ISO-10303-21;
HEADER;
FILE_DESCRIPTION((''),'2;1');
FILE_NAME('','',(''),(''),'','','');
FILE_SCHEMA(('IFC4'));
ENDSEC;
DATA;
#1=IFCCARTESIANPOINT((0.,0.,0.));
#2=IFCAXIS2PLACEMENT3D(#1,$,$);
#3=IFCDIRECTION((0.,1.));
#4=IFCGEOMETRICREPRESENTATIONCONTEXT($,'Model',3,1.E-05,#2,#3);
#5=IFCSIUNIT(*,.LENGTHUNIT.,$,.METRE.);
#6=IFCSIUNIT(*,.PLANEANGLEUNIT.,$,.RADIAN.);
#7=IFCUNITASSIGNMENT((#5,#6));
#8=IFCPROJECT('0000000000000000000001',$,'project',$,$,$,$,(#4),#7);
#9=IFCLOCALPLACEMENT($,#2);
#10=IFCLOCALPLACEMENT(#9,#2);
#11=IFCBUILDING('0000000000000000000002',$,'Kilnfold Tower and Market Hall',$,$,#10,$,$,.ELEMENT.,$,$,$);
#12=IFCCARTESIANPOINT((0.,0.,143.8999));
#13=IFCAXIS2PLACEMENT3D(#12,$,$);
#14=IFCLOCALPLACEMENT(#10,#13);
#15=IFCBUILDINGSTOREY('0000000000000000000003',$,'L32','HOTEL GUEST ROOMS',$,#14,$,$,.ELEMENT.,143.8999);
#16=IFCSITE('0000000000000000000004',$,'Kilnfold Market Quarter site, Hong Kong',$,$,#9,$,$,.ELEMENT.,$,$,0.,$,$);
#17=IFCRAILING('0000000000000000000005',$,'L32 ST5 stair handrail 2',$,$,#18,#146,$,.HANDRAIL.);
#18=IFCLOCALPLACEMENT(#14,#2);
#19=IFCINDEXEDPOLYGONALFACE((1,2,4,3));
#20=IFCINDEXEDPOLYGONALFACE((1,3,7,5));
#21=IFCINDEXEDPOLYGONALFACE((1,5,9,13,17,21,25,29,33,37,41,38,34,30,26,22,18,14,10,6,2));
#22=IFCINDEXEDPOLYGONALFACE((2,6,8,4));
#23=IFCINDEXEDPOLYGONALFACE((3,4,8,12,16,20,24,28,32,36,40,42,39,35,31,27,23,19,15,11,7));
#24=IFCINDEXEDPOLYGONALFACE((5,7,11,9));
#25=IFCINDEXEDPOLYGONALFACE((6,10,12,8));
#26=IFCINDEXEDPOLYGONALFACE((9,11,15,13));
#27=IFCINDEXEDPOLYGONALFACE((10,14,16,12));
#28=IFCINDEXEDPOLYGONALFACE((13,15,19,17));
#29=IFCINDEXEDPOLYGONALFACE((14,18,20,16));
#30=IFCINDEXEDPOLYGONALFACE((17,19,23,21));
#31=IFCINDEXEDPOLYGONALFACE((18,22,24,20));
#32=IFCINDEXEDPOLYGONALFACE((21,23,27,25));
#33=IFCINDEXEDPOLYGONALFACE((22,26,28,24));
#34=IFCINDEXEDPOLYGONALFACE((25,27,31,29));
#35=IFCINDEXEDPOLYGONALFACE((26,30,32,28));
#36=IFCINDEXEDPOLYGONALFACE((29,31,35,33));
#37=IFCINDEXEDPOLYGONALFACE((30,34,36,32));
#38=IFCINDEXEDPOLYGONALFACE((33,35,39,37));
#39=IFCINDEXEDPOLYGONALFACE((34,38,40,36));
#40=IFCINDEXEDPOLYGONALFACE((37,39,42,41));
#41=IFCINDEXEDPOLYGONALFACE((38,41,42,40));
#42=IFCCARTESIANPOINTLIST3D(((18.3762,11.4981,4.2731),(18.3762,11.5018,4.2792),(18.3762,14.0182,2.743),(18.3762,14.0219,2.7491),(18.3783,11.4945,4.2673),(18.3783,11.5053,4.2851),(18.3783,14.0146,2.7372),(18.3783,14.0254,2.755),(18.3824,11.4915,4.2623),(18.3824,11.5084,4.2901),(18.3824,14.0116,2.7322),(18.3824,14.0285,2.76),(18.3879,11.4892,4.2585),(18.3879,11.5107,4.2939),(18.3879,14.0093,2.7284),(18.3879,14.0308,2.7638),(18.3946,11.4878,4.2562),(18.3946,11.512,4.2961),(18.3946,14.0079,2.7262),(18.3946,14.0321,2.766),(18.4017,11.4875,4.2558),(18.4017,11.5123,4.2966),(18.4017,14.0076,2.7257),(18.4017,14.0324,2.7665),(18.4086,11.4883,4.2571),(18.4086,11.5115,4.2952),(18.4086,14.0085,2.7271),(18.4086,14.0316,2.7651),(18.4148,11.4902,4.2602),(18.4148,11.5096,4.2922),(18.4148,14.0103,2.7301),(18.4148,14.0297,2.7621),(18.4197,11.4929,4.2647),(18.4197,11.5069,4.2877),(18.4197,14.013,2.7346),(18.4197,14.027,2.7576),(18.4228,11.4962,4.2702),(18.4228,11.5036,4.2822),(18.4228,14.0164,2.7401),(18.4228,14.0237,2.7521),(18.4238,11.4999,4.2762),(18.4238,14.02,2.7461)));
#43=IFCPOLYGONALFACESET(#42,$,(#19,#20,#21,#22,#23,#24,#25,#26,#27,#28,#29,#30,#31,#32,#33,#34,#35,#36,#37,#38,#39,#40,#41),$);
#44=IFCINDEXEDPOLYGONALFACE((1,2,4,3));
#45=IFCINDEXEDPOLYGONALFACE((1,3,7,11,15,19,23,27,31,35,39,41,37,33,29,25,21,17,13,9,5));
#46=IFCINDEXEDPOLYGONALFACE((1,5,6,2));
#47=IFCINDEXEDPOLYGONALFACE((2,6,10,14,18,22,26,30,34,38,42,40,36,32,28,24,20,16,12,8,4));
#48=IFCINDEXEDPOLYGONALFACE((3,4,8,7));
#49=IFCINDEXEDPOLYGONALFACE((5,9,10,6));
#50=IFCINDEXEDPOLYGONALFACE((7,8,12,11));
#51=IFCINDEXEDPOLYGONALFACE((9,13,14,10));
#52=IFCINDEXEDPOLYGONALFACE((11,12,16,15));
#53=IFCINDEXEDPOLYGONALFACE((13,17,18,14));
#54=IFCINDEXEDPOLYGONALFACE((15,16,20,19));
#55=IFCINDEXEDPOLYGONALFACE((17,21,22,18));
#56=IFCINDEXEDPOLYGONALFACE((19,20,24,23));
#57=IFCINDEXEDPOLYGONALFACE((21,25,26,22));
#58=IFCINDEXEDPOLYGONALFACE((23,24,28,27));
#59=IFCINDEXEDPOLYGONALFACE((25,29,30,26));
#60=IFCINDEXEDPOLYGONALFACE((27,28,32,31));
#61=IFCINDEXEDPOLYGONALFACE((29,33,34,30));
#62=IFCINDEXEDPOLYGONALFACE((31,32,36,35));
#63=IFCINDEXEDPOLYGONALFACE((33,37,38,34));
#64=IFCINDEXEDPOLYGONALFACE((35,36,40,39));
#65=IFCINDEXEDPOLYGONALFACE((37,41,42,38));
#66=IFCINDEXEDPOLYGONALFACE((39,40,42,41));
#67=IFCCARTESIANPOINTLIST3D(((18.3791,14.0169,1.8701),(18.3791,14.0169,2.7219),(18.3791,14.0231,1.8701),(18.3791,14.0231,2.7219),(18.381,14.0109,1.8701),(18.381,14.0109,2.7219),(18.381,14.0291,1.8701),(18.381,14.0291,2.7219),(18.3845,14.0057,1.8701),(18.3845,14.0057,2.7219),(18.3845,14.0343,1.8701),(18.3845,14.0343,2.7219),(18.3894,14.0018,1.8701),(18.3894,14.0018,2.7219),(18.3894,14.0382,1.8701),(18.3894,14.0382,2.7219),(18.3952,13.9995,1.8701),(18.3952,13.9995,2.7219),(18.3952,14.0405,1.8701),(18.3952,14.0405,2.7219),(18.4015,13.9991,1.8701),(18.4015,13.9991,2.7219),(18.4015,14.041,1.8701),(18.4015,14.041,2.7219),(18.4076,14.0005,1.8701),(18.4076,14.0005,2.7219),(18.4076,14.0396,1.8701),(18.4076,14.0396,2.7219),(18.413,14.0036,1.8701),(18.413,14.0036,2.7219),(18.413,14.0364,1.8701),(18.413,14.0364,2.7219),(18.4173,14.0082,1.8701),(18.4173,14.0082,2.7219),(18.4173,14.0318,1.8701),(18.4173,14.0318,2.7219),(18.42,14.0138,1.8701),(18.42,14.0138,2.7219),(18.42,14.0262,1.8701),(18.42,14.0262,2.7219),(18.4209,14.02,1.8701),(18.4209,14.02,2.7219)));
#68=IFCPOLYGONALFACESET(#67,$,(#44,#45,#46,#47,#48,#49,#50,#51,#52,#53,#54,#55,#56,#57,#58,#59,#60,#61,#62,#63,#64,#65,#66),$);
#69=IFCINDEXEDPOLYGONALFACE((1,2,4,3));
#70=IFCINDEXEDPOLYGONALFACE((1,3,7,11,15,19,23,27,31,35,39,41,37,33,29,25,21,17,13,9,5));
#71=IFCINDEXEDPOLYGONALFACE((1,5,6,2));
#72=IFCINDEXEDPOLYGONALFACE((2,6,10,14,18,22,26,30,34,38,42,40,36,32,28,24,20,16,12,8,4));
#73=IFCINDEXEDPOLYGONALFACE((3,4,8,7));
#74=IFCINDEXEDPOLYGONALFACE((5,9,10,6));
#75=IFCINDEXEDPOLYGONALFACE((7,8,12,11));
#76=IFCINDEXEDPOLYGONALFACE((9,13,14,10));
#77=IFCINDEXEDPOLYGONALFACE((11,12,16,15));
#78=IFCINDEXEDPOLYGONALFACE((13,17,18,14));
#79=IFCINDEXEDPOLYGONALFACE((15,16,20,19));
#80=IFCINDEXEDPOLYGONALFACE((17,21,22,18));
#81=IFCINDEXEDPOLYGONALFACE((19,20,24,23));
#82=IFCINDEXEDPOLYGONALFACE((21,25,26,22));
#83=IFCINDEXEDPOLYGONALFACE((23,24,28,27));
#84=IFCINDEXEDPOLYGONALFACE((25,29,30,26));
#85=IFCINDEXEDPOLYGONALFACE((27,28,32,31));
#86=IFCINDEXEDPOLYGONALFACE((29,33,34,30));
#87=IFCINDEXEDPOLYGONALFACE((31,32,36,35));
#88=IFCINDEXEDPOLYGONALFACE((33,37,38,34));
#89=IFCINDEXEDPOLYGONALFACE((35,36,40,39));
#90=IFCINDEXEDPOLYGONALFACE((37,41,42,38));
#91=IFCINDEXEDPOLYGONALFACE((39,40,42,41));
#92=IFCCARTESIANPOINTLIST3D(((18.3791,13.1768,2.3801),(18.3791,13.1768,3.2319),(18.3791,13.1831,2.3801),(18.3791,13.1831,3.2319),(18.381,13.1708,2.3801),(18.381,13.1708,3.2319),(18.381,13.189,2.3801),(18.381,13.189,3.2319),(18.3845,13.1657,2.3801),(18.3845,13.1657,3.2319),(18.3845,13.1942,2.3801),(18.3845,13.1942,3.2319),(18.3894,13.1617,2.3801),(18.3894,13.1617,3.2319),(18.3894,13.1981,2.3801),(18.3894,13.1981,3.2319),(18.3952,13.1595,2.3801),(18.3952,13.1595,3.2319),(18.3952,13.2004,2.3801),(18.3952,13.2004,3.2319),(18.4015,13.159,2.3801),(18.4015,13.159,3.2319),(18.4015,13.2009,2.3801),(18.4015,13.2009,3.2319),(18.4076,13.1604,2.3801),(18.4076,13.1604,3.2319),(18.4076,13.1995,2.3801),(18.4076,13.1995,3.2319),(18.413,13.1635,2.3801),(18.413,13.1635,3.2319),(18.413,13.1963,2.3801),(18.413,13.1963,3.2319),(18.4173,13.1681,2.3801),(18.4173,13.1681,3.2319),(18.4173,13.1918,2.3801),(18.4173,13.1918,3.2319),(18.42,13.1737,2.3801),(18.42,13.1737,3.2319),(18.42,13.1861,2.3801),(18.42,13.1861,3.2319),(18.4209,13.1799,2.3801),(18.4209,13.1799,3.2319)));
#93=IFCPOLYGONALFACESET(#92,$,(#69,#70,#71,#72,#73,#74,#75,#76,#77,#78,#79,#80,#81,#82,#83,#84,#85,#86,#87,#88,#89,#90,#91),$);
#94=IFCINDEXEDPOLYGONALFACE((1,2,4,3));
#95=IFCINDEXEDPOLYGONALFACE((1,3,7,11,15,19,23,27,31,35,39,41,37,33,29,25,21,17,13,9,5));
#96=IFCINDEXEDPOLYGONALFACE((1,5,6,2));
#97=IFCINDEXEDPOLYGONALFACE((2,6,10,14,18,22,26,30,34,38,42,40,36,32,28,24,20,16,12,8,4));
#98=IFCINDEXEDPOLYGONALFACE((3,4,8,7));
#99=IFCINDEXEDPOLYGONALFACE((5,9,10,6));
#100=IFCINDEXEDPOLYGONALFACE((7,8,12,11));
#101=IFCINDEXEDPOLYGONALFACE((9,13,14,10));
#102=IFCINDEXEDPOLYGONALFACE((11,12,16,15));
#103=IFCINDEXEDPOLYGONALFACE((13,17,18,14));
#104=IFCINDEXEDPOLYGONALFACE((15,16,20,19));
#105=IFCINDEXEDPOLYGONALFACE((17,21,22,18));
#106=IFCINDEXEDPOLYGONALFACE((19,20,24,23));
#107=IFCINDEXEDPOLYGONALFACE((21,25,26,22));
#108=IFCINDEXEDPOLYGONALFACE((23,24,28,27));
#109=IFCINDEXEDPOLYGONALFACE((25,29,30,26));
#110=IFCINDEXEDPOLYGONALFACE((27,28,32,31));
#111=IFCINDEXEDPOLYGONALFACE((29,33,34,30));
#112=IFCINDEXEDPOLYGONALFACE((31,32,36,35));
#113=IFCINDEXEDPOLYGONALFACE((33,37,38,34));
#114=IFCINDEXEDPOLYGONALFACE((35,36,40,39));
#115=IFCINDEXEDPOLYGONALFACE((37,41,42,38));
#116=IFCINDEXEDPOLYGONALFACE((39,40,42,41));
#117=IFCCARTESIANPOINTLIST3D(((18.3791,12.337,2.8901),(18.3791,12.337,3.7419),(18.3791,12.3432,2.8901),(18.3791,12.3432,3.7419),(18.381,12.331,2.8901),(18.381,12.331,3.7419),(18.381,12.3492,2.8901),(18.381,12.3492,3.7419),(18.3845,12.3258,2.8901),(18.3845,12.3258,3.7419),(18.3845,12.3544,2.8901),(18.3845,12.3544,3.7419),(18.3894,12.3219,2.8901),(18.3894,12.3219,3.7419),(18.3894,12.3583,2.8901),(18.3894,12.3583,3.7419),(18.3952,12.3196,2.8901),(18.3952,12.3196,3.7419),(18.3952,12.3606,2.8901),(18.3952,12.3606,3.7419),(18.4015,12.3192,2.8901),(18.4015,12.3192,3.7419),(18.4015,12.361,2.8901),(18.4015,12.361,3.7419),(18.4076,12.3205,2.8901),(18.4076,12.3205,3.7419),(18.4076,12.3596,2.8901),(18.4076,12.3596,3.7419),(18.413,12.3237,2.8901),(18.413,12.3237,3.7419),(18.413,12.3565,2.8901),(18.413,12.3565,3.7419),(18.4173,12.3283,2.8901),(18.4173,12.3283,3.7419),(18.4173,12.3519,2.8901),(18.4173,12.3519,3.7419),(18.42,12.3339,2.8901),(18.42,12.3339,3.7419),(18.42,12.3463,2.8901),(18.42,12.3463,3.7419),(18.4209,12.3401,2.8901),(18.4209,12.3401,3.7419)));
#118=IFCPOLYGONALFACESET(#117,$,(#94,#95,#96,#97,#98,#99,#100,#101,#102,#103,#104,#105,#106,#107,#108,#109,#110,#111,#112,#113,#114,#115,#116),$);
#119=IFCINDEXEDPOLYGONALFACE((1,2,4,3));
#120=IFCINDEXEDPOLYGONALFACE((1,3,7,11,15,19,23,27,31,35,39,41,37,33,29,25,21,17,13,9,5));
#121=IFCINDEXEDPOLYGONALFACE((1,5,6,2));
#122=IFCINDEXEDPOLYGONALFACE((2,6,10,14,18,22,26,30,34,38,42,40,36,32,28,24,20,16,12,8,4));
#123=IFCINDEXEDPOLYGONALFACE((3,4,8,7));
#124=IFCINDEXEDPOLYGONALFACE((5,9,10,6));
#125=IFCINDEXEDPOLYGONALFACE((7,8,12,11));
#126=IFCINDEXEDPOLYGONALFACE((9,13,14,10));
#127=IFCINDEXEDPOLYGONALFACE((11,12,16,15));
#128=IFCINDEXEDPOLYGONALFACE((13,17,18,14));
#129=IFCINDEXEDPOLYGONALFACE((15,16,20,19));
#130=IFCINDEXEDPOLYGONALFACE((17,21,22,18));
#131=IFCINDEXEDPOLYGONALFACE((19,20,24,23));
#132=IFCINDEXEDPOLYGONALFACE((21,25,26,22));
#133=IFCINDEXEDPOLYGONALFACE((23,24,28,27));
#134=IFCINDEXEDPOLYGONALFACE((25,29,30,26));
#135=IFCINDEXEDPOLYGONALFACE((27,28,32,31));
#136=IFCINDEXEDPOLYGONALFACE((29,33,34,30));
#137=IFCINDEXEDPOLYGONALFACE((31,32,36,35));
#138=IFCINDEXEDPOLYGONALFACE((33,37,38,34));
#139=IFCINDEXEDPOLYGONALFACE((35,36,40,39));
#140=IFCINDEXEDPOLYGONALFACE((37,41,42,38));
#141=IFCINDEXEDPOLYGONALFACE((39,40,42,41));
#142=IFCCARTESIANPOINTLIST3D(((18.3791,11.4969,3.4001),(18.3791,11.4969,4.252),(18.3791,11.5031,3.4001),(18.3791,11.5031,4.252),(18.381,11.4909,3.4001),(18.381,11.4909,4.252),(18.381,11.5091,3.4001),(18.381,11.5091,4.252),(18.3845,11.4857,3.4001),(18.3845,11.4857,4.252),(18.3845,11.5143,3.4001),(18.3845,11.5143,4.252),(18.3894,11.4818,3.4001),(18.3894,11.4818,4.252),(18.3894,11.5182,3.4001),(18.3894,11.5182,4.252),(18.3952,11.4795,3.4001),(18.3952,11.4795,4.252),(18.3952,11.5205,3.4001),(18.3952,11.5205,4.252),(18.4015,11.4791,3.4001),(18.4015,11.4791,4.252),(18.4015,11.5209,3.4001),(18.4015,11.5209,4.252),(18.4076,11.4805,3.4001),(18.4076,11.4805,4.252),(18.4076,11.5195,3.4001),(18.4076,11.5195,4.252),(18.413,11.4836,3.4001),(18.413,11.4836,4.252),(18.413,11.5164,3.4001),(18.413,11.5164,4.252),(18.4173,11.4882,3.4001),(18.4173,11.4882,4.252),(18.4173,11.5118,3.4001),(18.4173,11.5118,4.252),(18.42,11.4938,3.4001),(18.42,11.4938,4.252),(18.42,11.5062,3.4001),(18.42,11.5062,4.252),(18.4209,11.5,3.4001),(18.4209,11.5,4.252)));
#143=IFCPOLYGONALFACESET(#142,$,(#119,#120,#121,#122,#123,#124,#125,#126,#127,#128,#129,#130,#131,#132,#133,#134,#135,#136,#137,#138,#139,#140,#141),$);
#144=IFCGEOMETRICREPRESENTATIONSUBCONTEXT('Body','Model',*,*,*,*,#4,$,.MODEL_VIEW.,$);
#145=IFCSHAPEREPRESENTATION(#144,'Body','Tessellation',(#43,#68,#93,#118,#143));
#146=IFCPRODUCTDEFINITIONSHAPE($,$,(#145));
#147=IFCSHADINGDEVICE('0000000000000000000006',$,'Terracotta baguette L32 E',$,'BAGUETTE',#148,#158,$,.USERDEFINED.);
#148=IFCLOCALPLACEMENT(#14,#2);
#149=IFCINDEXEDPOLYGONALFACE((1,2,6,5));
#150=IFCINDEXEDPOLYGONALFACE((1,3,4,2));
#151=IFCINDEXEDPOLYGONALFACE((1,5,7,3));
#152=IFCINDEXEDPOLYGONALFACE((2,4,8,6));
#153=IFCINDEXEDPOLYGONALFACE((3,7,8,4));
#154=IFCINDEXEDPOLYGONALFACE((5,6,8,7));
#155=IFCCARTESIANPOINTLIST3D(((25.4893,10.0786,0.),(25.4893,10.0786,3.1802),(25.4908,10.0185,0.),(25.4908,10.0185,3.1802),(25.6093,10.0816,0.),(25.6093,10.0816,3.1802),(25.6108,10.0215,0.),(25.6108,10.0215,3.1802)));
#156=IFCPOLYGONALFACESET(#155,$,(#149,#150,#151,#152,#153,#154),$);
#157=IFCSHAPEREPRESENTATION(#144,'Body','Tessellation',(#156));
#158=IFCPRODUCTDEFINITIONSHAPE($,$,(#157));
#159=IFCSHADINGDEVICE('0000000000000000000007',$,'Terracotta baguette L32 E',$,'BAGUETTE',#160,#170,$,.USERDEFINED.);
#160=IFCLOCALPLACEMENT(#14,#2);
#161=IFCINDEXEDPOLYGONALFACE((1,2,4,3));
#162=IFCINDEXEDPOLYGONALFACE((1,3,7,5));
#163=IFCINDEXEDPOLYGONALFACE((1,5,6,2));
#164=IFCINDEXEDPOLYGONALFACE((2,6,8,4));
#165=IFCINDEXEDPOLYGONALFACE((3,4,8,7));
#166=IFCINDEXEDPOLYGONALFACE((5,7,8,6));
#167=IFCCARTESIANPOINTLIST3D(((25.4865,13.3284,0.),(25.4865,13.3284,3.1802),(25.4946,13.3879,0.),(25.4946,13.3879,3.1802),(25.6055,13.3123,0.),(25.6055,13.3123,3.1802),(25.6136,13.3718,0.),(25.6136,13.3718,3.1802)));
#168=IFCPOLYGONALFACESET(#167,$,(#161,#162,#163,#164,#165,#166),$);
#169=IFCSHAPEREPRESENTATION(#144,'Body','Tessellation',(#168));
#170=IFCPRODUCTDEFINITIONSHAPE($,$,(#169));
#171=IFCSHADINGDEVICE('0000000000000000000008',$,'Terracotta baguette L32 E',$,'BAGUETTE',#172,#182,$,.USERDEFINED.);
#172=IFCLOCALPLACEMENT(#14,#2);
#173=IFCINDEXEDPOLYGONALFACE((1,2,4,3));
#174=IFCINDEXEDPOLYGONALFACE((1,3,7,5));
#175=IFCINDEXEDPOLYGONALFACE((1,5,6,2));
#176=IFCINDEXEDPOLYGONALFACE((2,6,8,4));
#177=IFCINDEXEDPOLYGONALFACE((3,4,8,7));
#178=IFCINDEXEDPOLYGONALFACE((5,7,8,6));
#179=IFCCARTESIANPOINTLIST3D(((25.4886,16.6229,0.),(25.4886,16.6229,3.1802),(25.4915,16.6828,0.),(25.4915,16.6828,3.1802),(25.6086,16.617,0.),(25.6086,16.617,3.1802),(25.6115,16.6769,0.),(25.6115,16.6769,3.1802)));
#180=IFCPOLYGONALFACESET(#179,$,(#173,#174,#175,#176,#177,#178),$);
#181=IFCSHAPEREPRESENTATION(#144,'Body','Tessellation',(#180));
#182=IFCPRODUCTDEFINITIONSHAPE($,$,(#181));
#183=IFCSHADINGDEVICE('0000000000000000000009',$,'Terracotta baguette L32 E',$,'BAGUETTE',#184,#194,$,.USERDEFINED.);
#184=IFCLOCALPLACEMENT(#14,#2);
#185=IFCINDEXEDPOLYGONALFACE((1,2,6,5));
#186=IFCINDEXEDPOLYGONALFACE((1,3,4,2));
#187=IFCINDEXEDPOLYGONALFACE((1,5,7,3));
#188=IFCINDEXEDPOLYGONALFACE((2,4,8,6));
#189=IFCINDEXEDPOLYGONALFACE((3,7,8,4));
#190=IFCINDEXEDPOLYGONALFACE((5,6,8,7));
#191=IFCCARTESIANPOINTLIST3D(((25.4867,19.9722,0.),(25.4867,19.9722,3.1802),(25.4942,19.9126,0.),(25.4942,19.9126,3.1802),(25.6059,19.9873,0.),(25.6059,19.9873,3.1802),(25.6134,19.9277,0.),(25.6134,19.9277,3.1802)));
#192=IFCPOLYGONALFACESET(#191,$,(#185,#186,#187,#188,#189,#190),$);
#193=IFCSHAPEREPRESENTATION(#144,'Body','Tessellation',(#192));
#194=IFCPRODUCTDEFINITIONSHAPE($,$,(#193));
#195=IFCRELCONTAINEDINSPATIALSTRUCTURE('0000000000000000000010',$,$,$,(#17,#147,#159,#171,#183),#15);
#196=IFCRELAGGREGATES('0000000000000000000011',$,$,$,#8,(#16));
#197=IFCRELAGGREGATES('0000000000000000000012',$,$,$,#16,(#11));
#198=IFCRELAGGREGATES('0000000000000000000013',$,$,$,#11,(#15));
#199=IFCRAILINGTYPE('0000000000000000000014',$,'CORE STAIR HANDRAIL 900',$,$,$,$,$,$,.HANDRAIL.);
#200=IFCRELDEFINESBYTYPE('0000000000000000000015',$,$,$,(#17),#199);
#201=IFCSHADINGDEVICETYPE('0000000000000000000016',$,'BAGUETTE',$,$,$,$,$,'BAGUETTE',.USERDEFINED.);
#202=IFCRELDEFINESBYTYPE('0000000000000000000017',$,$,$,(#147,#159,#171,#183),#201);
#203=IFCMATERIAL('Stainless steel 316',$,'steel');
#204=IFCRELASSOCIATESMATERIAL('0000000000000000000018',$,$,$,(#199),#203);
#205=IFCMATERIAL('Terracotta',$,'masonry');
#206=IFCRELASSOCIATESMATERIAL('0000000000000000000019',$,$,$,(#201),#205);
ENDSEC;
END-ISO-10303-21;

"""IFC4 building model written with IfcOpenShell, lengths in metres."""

from ifc_helpers import new_model, si_unit, direction, frame, origin, origin_2d, place, context, subcontext, project, spatial, rectangle, circle, extrude, source, transform, mapped, material, material_profile, profile_set, type_object, element, save


model = new_model("IFC4")

# Units and contexts
model_context = context("Model", 3, precision=1e-05, world=origin(), true_north=direction((0.0, 1.0)))
body_context = subcontext(model_context, "Body", "Model", "MODEL_VIEW")
ifc_project = project(units=[si_unit("LENGTHUNIT", "METRE"), si_unit("PLANEANGLEUNIT", "RADIAN")], contexts=[model_context])

# Site, building, storey
site_placement = place(None, origin())
site = spatial("IfcSite", under=ifc_project, at=site_placement, Name="Kilnfold Market Quarter site, Hong Kong", CompositionType="ELEMENT", RefElevation=0.0)
building_placement = place(site_placement, origin())
building = spatial("IfcBuilding", under=site, at=building_placement, Name="Kilnfold Tower and Market Hall", CompositionType="ELEMENT")
storey_placement = place(building_placement, frame((0.0, 0.0, 143.8999)))
storey = spatial("IfcBuildingStorey", under=building, at=storey_placement, Name="L32", Description="HOTEL GUEST ROOMS", CompositionType="ELEMENT", Elevation=143.8999)

# Railing
ifc_material_1 = material(Name="Stainless steel 316", Category="steel")
railing_type_1 = type_object("IfcRailingType", Name="CORE STAIR HANDRAIL 900", PredefinedType="HANDRAIL", material=ifc_material_1)
railing_1_placement = place(storey_placement, frame((18.3999, 14.02, 1.8701)))
element("IfcRailing", 1, at=railing_1_placement, inside=storey, type_object=railing_type_1, Name="L32 ST5 stair handrail 2", PredefinedType="HANDRAIL", context=body_context, shape_type="SweptSolid", body=[
    extrude(circle(Radius=0.0239, at=origin_2d()), frame((0.0, 0.0, 0.876), z_axis=(0.0, -0.854785, 0.518982), x_axis=(1.0, 0.0, 0.0)), (0.0, 0.0, 1.0), 2.9482),
    extrude(circle(Radius=0.021, at=origin_2d()), origin(), (0.0, 0.0, 1.0), 0.8518),
    extrude(circle(Radius=0.021, at=origin_2d()), frame((0.0, -0.8401, 0.51)), (0.0, 0.0, 1.0), 0.8518),
    extrude(circle(Radius=0.021, at=origin_2d()), frame((0.0, -1.6799, 1.02)), (0.0, 0.0, 1.0), 0.8518),
    extrude(circle(Radius=0.021, at=origin_2d()), frame((0.0, -2.52, 1.53)), (0.0, 0.0, 1.0), 0.8518),
])

# Shading devices
ifc_material_2 = material(Name="Terracotta", Category="masonry")
ifc_material_profile = material_profile(ifc_material_2, rectangle(XDim=0.0601, YDim=0.1201, at=origin_2d()), Name="BAG 60x120")
ifc_profile_set = profile_set([ifc_material_profile], Name="Terracotta")
shading_device_type = type_object("IfcShadingDeviceType", Name="BAGUETTE", ElementType="BAGUETTE", PredefinedType="USERDEFINED", material=ifc_profile_set)
shared_shape_1 = source(origin(), body_context, "Body", "SweptSolid", [
    extrude(rectangle(XDim=0.0601, YDim=0.1201, at=origin_2d()), origin(), (0.0, 0.0, 1.0), 3.1802),
])
for number, where, z_axis, x_axis, name in (
    (2, (25.55, 10.05, 0.0), (0.0, 0.0, 1.0), (-0.025067, 0.999686, 0.0), "Terracotta baguette L32 E"),
    (3, (25.55, 13.3501, 0.0), (0.0, 0.0, 1.0), (0.13415, 0.990961, 0.0), "Terracotta baguette L32 E"),
    (4, (25.55, 16.6499, 0.0), (0.0, 0.0, 1.0), (0.049174, 0.99879, 0.0), "Terracotta baguette L32 E"),
    (5, (25.55, 19.95, 0.0), (0.0, 0.0, 1.0), (-0.125406, 0.992106, 0.0), "Terracotta baguette L32 E"),
):
    element("IfcShadingDevice", number, at=place(storey_placement, frame(where, z_axis=z_axis, x_axis=x_axis)), inside=storey, type_object=shading_device_type, Name=name, ObjectType="BAGUETTE", PredefinedType="USERDEFINED", context=body_context, shape_type="MappedRepresentation", body=[
        mapped(shared_shape_1, transform((0.0, 0.0, 0.0))),
    ])

save(model, "model.ifc")
